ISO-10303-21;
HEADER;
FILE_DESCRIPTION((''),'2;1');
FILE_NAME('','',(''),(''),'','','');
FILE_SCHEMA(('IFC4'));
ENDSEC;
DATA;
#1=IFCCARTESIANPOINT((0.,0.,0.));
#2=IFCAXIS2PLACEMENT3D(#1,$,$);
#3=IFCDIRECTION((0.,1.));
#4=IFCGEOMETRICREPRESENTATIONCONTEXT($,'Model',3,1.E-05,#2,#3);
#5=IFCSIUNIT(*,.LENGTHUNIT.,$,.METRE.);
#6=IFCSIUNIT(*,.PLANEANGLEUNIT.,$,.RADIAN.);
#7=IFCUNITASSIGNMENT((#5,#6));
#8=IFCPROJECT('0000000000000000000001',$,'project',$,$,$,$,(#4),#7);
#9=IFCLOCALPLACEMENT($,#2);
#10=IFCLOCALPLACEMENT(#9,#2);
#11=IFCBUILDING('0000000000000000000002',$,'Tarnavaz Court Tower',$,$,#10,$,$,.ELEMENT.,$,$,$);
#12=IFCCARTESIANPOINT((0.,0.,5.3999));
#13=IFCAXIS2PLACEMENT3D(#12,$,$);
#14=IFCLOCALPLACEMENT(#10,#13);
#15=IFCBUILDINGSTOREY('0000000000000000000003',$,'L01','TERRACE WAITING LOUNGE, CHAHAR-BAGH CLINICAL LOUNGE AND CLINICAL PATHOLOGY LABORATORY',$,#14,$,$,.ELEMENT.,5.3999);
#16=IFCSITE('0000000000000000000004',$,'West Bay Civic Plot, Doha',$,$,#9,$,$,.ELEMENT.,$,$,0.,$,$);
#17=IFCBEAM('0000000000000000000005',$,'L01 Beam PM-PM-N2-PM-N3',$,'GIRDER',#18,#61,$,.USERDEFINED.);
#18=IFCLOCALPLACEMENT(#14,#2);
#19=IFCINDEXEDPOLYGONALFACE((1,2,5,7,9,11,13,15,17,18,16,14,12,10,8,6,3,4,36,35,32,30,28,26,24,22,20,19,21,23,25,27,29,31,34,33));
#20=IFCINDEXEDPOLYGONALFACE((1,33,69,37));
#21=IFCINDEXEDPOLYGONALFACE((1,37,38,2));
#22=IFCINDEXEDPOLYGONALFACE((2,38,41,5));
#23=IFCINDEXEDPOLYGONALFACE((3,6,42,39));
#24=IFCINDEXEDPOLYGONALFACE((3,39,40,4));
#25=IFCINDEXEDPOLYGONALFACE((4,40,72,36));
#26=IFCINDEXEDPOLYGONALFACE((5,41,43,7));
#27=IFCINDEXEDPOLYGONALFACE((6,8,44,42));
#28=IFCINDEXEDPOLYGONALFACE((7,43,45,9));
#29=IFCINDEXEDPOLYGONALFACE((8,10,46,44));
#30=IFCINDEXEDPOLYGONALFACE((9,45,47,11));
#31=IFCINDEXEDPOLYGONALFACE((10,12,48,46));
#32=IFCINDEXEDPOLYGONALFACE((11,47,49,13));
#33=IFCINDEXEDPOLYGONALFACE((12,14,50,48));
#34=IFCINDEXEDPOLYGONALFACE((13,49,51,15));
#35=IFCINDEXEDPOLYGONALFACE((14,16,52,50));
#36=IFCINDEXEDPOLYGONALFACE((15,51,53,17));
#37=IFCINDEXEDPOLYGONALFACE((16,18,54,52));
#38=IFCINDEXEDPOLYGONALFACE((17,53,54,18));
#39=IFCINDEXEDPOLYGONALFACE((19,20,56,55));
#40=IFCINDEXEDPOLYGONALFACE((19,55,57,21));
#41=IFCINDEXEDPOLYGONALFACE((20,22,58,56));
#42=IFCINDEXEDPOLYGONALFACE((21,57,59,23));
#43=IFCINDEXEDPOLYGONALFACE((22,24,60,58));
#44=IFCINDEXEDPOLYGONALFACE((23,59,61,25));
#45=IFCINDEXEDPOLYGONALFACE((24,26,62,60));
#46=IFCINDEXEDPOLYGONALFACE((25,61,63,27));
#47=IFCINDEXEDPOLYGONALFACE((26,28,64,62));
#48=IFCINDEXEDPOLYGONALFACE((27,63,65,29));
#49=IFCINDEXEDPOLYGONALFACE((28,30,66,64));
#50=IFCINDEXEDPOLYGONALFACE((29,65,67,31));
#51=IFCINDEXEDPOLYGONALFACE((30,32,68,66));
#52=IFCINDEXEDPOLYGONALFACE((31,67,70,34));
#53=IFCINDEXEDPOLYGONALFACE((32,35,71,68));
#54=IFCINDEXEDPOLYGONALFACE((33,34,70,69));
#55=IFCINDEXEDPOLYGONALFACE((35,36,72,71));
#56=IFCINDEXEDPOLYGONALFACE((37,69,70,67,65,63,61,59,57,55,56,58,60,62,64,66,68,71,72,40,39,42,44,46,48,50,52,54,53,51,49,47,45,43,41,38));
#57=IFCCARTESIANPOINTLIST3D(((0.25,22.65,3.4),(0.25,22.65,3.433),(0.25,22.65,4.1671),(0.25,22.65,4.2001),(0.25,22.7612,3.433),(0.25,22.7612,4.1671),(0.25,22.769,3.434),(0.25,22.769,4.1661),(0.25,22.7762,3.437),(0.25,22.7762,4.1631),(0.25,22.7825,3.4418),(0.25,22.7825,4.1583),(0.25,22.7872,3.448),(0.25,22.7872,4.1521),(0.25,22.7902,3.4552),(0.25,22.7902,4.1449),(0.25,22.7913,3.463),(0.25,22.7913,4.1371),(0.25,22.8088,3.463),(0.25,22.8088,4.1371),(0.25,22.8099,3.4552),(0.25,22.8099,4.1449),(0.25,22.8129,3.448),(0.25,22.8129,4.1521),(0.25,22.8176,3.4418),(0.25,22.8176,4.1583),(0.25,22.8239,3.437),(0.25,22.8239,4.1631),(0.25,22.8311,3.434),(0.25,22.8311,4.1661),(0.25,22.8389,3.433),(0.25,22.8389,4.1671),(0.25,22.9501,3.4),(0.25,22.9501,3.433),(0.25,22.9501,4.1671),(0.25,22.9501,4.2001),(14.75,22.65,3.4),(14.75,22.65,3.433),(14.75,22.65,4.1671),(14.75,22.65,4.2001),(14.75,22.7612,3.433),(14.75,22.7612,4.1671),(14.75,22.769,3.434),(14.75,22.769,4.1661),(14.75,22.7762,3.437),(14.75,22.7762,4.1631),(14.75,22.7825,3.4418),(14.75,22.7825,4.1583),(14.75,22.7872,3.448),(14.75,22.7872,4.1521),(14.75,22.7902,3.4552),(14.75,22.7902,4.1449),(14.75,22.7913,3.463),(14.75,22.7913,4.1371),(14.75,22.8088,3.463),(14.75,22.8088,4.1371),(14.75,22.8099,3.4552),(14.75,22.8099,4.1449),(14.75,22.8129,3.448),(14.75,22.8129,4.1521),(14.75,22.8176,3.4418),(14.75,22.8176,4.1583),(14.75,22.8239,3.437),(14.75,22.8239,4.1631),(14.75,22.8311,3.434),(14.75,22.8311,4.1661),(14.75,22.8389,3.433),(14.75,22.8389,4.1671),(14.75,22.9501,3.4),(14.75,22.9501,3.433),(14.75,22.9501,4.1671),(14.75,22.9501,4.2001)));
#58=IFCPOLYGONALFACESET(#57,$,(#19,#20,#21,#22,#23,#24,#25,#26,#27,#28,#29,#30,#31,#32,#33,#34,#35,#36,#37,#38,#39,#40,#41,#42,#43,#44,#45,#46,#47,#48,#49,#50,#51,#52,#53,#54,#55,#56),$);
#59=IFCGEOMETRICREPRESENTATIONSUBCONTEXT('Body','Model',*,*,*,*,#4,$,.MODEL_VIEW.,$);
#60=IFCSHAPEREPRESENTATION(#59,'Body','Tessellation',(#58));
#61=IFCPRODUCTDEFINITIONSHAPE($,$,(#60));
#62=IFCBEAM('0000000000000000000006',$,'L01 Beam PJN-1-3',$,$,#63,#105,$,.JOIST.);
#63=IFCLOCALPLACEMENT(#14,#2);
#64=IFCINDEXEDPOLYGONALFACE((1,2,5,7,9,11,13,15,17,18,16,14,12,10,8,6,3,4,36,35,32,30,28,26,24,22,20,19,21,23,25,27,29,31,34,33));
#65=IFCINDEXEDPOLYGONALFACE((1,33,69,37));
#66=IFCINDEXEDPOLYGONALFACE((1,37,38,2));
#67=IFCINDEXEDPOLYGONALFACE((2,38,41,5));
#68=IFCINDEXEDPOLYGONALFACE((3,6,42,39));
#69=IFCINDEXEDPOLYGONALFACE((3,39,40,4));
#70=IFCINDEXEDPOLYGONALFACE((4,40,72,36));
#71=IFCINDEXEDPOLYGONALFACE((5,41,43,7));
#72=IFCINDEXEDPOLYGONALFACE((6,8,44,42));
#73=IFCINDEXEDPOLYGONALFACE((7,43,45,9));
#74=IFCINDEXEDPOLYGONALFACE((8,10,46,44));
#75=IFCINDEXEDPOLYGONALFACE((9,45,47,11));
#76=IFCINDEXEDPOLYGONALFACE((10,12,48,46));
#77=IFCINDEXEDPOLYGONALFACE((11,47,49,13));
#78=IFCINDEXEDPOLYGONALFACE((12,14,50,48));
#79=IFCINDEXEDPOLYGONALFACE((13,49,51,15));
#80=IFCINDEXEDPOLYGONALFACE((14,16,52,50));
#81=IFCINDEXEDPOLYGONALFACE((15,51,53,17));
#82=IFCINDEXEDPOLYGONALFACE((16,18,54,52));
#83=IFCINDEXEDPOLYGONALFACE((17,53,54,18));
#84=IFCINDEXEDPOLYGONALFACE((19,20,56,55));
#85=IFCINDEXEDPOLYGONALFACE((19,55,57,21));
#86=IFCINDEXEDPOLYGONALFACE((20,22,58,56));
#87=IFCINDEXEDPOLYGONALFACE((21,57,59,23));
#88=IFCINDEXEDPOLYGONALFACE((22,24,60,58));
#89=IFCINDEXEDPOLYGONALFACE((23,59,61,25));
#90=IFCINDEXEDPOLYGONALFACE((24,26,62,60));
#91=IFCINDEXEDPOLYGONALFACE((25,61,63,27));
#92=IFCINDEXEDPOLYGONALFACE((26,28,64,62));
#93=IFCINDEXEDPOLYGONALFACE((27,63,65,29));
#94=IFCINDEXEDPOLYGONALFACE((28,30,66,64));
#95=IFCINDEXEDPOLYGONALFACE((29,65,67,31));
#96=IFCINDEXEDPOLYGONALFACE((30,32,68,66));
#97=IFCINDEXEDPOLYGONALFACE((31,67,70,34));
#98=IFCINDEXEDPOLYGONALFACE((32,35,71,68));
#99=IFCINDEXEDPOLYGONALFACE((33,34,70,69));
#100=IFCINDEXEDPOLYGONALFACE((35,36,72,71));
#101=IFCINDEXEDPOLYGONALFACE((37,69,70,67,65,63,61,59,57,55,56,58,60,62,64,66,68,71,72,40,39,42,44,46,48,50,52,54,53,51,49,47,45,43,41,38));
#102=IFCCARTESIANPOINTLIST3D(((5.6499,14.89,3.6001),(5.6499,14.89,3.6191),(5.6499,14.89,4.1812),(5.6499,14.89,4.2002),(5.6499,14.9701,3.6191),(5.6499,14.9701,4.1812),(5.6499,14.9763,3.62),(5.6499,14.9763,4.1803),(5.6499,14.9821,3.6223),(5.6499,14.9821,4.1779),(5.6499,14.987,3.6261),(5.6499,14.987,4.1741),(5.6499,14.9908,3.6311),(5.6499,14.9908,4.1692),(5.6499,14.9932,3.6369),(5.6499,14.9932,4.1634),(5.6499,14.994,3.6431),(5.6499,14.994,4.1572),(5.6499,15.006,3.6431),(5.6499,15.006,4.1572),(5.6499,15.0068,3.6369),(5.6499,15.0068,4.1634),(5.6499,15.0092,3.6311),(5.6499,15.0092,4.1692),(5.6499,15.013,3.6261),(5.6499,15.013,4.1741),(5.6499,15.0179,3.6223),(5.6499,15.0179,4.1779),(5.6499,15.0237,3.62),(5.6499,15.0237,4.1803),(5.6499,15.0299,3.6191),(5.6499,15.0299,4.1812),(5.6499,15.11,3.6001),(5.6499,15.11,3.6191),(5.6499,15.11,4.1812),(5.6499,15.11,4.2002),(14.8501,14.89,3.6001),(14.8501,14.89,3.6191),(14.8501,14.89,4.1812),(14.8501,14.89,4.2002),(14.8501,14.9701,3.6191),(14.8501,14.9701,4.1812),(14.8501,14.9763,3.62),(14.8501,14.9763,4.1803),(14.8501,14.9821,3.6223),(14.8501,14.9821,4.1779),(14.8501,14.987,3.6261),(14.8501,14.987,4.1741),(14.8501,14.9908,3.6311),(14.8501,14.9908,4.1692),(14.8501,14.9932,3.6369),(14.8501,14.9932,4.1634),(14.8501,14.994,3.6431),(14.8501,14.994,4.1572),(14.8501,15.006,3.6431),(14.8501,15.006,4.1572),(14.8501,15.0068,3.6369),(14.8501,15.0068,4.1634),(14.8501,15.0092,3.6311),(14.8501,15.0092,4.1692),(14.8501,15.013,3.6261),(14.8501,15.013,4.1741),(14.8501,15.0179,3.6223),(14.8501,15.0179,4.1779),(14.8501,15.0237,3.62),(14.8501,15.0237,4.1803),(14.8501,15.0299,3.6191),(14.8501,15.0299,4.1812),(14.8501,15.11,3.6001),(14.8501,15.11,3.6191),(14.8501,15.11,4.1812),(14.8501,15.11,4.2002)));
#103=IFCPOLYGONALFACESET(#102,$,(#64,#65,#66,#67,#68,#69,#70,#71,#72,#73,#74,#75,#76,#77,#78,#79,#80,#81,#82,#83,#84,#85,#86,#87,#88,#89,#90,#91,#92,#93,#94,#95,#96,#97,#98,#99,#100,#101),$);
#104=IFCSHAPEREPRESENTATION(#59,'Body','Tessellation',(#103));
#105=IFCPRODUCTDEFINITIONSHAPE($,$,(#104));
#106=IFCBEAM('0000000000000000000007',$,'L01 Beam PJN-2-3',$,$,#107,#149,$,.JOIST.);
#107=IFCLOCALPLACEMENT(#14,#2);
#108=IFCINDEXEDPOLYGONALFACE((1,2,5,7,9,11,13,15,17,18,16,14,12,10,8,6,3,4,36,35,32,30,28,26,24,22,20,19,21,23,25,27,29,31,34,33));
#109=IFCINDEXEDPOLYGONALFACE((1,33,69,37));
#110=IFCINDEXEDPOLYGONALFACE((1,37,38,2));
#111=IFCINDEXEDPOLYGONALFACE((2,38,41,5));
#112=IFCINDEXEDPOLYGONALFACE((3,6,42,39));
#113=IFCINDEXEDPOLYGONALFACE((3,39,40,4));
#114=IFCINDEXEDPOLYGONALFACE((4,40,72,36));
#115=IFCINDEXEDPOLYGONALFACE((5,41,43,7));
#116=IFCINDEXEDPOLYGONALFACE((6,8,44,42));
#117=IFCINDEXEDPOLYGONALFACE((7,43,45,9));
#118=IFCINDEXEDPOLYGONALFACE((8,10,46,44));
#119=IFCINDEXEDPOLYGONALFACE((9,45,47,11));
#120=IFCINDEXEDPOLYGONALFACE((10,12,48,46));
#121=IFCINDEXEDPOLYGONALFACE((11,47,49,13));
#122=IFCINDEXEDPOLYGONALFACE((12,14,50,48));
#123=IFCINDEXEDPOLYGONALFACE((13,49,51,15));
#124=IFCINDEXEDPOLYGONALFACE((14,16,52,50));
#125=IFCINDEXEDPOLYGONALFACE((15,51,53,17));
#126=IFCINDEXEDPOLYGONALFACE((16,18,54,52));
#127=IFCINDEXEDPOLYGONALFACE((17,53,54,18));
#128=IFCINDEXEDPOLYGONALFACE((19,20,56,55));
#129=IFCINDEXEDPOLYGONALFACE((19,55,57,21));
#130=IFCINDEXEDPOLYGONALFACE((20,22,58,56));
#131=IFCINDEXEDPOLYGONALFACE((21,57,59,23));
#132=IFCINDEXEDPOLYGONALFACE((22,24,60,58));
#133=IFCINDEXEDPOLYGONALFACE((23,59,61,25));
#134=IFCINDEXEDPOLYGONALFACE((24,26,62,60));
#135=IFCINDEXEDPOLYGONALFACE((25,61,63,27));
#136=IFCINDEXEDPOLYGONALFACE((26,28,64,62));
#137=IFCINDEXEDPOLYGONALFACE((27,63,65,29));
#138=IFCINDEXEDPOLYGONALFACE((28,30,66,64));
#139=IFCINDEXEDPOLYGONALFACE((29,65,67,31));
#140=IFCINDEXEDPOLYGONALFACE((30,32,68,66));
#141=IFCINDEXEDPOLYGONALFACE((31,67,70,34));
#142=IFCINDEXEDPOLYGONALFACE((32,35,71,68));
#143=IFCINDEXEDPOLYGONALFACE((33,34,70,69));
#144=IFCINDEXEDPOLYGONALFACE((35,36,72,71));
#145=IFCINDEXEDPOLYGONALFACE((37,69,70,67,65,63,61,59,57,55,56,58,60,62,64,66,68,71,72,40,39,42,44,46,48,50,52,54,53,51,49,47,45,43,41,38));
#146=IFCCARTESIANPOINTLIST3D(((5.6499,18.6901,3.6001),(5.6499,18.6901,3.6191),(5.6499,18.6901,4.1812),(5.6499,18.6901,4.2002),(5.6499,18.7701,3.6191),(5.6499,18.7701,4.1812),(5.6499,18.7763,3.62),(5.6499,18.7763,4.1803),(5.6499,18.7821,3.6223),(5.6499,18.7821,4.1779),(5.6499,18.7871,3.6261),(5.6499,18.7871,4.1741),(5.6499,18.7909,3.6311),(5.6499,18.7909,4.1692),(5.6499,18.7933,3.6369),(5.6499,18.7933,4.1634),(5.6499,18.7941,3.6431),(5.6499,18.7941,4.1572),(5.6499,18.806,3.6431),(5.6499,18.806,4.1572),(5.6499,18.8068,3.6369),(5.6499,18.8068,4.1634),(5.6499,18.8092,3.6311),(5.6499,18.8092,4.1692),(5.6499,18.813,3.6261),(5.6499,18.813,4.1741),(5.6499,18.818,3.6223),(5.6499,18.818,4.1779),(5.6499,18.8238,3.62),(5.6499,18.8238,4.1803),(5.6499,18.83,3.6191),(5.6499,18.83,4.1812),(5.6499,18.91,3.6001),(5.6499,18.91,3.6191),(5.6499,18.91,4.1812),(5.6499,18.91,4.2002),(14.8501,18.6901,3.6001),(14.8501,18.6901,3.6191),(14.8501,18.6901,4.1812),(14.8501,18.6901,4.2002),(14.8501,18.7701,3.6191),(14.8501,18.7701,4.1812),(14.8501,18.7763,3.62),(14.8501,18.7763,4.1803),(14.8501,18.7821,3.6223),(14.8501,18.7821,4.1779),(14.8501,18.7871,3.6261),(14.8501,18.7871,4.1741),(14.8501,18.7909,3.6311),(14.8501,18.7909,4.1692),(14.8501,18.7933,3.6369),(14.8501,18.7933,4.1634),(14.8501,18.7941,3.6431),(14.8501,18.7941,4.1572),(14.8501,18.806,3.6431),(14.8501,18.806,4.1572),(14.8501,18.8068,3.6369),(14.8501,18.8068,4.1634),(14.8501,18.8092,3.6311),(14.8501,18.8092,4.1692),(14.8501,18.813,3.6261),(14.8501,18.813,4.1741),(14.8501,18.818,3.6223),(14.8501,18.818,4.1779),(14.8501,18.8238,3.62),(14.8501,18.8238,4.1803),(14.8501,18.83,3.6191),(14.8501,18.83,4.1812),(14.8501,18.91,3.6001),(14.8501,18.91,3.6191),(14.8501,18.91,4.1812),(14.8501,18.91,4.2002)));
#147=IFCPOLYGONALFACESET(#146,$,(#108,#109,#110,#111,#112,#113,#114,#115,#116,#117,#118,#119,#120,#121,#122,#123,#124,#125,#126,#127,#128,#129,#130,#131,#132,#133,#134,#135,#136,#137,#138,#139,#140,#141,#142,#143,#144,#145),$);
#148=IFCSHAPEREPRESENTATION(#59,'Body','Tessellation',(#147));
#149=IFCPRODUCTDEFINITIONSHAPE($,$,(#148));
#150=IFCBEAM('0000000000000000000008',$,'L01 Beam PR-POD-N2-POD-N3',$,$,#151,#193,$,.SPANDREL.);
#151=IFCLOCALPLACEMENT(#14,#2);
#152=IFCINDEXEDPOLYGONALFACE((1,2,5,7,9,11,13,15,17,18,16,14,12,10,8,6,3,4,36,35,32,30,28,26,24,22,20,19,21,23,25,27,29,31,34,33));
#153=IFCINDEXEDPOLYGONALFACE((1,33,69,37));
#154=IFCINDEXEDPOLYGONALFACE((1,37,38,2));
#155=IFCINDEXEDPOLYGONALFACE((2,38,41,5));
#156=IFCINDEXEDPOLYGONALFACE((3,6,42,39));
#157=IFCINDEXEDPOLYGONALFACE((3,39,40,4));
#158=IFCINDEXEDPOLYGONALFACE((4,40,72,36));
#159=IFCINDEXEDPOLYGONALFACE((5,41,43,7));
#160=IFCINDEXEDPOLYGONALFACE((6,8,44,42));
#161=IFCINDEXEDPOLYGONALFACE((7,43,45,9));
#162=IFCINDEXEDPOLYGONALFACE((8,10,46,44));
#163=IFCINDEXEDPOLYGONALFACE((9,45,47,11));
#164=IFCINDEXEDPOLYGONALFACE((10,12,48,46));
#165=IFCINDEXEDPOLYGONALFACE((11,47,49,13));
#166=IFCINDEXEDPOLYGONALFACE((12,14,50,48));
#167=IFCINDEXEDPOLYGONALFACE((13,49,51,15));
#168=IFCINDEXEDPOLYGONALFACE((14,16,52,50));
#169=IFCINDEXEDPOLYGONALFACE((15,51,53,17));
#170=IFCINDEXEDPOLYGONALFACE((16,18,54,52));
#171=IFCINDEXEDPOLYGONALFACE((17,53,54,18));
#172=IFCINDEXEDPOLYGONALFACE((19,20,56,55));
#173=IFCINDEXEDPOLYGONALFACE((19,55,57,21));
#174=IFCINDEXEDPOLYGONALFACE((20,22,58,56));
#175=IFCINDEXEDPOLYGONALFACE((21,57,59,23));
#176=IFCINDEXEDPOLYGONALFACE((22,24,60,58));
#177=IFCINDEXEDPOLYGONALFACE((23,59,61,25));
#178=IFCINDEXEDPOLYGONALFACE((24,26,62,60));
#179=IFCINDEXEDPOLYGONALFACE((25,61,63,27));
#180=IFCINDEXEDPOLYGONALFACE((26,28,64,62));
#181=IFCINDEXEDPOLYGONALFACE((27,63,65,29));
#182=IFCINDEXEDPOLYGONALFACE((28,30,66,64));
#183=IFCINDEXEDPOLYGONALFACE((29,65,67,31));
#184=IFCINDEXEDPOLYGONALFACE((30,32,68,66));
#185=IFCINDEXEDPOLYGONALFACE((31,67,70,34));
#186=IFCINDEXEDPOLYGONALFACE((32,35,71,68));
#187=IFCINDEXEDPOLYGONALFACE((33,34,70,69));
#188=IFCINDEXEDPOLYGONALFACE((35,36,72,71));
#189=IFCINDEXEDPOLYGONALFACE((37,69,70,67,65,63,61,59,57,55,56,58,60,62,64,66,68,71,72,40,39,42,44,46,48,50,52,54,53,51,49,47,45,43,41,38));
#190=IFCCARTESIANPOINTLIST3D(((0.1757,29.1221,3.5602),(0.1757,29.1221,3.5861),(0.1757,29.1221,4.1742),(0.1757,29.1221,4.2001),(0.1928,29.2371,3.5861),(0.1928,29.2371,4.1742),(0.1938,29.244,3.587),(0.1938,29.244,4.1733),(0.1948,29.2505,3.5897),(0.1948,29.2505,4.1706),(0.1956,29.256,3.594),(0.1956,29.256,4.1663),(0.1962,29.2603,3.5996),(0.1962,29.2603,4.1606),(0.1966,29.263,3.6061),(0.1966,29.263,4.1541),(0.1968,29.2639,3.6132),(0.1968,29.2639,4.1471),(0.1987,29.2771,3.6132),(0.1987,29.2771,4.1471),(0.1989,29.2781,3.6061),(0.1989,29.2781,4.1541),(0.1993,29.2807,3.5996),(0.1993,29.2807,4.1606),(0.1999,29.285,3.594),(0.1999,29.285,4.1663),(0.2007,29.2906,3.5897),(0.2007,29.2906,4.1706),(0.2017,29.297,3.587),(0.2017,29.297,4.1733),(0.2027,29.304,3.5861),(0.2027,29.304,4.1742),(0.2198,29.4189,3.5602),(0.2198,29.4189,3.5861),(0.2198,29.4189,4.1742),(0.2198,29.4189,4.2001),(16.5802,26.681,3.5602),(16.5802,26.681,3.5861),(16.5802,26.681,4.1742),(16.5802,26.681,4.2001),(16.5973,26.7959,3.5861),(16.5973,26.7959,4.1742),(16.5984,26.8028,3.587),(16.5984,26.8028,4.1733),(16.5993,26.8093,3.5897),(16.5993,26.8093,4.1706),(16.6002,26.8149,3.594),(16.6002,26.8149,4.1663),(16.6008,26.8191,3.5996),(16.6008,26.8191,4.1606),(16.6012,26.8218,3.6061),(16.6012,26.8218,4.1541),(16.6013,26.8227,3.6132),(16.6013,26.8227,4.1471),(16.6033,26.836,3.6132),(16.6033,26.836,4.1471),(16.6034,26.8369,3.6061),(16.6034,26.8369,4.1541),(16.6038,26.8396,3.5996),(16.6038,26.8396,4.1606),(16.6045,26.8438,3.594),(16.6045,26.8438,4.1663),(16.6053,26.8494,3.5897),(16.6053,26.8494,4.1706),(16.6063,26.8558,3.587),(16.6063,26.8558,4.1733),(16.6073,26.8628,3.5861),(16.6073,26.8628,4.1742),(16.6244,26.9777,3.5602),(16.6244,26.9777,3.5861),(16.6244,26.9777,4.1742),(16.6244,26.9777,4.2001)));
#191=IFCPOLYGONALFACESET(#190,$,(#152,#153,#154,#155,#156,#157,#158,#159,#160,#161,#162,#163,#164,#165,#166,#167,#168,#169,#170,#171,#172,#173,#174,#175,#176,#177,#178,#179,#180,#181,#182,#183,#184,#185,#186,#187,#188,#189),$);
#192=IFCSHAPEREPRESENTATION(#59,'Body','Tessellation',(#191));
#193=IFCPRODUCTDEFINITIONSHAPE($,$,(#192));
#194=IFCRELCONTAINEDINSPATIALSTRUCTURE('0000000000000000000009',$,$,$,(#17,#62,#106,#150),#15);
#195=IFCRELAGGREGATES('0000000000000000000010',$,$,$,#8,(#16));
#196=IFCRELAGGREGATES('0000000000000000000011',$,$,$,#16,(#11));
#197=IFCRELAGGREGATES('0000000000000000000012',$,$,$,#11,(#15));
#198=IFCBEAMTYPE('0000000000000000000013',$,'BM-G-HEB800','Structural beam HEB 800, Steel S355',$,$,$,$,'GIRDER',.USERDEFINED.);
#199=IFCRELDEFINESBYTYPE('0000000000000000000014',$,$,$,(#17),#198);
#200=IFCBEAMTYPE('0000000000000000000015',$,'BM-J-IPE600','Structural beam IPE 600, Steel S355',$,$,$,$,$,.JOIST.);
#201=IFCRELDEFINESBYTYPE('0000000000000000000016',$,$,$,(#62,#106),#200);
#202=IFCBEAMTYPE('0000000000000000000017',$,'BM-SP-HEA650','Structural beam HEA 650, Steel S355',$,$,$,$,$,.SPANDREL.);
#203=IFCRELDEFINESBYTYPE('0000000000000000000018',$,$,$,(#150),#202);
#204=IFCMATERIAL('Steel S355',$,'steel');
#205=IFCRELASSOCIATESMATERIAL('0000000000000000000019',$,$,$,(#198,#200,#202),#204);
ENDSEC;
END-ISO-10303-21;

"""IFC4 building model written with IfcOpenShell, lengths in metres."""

from ifc_helpers import new_model, si_unit, direction, frame, origin, origin_2d, place, context, subcontext, project, spatial, i_section, extrude, material, material_profile, profile_set, type_object, element, save


model = new_model("IFC4")

# Units and contexts
model_context = context("Model", 3, precision=1e-05, world=origin(), true_north=direction((0.0, 1.0)))
body_context = subcontext(model_context, "Body", "Model", "MODEL_VIEW")
ifc_project = project(units=[si_unit("LENGTHUNIT", "METRE"), si_unit("PLANEANGLEUNIT", "RADIAN")], contexts=[model_context])

# Site, building, storey
site_placement = place(None, origin())
site = spatial("IfcSite", under=ifc_project, at=site_placement, Name="West Bay Civic Plot, Doha", CompositionType="ELEMENT", RefElevation=0.0)
building_placement = place(site_placement, origin())
building = spatial("IfcBuilding", under=site, at=building_placement, Name="Tarnavaz Court Tower", CompositionType="ELEMENT")
storey_placement = place(building_placement, frame((0.0, 0.0, 5.3999)))
storey = spatial("IfcBuildingStorey", under=building, at=storey_placement, Name="L01", Description="TERRACE WAITING LOUNGE, CHAHAR-BAGH CLINICAL LOUNGE AND CLINICAL PATHOLOGY LABORATORY", CompositionType="ELEMENT", Elevation=5.3999)

# Beams
ifc_material_1 = material(Name="Steel S355", Category="steel")
ifc_material_profile_1 = material_profile(ifc_material_1, i_section(OverallWidth=0.3, OverallDepth=0.8, WebThickness=0.0176, FlangeThickness=0.033, FilletRadius=0.03, at=origin_2d()), Name="HEB 800")
ifc_profile_set_1 = profile_set([ifc_material_profile_1], Name="Steel S355")
beam_type_1 = type_object("IfcBeamType", Name="BM-G-HEB800", Description="Structural beam HEB 800, Steel S355", ElementType="GIRDER", PredefinedType="USERDEFINED", material=ifc_profile_set_1)
beam_1_placement = place(storey_placement, frame((0.25, 22.8, 3.8), z_axis=(1.0, 0.0, 0.0), x_axis=(0.0, 1.0, 0.0)))
element("IfcBeam", 1, at=beam_1_placement, inside=storey, type_object=beam_type_1, Name="L01 Beam PM-PM-N2-PM-N3", ObjectType="GIRDER", PredefinedType="USERDEFINED", context=body_context, shape_type="SweptSolid", body=[
    extrude(i_section(OverallWidth=0.3, OverallDepth=0.8, WebThickness=0.0176, FlangeThickness=0.033, FilletRadius=0.03, at=origin_2d()), origin(), (0.0, 0.0, 1.0), 14.5),
])
ifc_material_profile_2 = material_profile(ifc_material_1, i_section(OverallWidth=0.22, OverallDepth=0.6001, WebThickness=0.012, FlangeThickness=0.019, FilletRadius=0.0239, at=origin_2d()), Name="IPE 600")
ifc_profile_set_2 = profile_set([ifc_material_profile_2], Name="Steel S355")
beam_type_2 = type_object("IfcBeamType", Name="BM-J-IPE600", Description="Structural beam IPE 600, Steel S355", PredefinedType="JOIST", material=ifc_profile_set_2)
for number, where, z_axis, x_axis, name in (
    (2, (5.6499, 15.0, 3.9001), (1.0, 0.0, 0.0), (0.0, 1.0, 0.0), "L01 Beam PJN-1-3"),
    (3, (5.6499, 18.8, 3.9001), (1.0, 0.0, 0.0), (0.0, 1.0, 0.0), "L01 Beam PJN-2-3"),
):
    element("IfcBeam", number, at=place(storey_placement, frame(where, z_axis=z_axis, x_axis=x_axis)), inside=storey, type_object=beam_type_2, Name=name, PredefinedType="JOIST", context=body_context, shape_type="SweptSolid", body=[
        extrude(i_section(OverallWidth=0.22, OverallDepth=0.6001, WebThickness=0.012, FlangeThickness=0.019, FilletRadius=0.0239, at=origin_2d()), origin(), (0.0, 0.0, 1.0), 9.2002),
    ])
ifc_material_profile_3 = material_profile(ifc_material_1, i_section(OverallWidth=0.3, OverallDepth=0.6399, WebThickness=0.0134, FlangeThickness=0.0259, FilletRadius=0.0271, at=origin_2d()), Name="HEA 650")
ifc_profile_set_3 = profile_set([ifc_material_profile_3], Name="Steel S355")
beam_type_3 = type_object("IfcBeamType", Name="BM-SP-HEA650", Description="Structural beam HEA 650, Steel S355", PredefinedType="SPANDREL", material=ifc_profile_set_3)
beam_2_placement = place(storey_placement, frame((0.1978, 29.2705, 3.8801), z_axis=(0.989108, -0.147189, 0.0), x_axis=(0.147189, 0.989108, 0.0)))
element("IfcBeam", 4, at=beam_2_placement, inside=storey, type_object=beam_type_3, Name="L01 Beam PR-POD-N2-POD-N3", PredefinedType="SPANDREL", context=body_context, shape_type="SweptSolid", body=[
    extrude(i_section(OverallWidth=0.3, OverallDepth=0.6399, WebThickness=0.0134, FlangeThickness=0.0259, FilletRadius=0.0271, at=origin_2d()), origin(), (0.0, 0.0, 1.0), 16.5852),
])

save(model, "model.ifc")
